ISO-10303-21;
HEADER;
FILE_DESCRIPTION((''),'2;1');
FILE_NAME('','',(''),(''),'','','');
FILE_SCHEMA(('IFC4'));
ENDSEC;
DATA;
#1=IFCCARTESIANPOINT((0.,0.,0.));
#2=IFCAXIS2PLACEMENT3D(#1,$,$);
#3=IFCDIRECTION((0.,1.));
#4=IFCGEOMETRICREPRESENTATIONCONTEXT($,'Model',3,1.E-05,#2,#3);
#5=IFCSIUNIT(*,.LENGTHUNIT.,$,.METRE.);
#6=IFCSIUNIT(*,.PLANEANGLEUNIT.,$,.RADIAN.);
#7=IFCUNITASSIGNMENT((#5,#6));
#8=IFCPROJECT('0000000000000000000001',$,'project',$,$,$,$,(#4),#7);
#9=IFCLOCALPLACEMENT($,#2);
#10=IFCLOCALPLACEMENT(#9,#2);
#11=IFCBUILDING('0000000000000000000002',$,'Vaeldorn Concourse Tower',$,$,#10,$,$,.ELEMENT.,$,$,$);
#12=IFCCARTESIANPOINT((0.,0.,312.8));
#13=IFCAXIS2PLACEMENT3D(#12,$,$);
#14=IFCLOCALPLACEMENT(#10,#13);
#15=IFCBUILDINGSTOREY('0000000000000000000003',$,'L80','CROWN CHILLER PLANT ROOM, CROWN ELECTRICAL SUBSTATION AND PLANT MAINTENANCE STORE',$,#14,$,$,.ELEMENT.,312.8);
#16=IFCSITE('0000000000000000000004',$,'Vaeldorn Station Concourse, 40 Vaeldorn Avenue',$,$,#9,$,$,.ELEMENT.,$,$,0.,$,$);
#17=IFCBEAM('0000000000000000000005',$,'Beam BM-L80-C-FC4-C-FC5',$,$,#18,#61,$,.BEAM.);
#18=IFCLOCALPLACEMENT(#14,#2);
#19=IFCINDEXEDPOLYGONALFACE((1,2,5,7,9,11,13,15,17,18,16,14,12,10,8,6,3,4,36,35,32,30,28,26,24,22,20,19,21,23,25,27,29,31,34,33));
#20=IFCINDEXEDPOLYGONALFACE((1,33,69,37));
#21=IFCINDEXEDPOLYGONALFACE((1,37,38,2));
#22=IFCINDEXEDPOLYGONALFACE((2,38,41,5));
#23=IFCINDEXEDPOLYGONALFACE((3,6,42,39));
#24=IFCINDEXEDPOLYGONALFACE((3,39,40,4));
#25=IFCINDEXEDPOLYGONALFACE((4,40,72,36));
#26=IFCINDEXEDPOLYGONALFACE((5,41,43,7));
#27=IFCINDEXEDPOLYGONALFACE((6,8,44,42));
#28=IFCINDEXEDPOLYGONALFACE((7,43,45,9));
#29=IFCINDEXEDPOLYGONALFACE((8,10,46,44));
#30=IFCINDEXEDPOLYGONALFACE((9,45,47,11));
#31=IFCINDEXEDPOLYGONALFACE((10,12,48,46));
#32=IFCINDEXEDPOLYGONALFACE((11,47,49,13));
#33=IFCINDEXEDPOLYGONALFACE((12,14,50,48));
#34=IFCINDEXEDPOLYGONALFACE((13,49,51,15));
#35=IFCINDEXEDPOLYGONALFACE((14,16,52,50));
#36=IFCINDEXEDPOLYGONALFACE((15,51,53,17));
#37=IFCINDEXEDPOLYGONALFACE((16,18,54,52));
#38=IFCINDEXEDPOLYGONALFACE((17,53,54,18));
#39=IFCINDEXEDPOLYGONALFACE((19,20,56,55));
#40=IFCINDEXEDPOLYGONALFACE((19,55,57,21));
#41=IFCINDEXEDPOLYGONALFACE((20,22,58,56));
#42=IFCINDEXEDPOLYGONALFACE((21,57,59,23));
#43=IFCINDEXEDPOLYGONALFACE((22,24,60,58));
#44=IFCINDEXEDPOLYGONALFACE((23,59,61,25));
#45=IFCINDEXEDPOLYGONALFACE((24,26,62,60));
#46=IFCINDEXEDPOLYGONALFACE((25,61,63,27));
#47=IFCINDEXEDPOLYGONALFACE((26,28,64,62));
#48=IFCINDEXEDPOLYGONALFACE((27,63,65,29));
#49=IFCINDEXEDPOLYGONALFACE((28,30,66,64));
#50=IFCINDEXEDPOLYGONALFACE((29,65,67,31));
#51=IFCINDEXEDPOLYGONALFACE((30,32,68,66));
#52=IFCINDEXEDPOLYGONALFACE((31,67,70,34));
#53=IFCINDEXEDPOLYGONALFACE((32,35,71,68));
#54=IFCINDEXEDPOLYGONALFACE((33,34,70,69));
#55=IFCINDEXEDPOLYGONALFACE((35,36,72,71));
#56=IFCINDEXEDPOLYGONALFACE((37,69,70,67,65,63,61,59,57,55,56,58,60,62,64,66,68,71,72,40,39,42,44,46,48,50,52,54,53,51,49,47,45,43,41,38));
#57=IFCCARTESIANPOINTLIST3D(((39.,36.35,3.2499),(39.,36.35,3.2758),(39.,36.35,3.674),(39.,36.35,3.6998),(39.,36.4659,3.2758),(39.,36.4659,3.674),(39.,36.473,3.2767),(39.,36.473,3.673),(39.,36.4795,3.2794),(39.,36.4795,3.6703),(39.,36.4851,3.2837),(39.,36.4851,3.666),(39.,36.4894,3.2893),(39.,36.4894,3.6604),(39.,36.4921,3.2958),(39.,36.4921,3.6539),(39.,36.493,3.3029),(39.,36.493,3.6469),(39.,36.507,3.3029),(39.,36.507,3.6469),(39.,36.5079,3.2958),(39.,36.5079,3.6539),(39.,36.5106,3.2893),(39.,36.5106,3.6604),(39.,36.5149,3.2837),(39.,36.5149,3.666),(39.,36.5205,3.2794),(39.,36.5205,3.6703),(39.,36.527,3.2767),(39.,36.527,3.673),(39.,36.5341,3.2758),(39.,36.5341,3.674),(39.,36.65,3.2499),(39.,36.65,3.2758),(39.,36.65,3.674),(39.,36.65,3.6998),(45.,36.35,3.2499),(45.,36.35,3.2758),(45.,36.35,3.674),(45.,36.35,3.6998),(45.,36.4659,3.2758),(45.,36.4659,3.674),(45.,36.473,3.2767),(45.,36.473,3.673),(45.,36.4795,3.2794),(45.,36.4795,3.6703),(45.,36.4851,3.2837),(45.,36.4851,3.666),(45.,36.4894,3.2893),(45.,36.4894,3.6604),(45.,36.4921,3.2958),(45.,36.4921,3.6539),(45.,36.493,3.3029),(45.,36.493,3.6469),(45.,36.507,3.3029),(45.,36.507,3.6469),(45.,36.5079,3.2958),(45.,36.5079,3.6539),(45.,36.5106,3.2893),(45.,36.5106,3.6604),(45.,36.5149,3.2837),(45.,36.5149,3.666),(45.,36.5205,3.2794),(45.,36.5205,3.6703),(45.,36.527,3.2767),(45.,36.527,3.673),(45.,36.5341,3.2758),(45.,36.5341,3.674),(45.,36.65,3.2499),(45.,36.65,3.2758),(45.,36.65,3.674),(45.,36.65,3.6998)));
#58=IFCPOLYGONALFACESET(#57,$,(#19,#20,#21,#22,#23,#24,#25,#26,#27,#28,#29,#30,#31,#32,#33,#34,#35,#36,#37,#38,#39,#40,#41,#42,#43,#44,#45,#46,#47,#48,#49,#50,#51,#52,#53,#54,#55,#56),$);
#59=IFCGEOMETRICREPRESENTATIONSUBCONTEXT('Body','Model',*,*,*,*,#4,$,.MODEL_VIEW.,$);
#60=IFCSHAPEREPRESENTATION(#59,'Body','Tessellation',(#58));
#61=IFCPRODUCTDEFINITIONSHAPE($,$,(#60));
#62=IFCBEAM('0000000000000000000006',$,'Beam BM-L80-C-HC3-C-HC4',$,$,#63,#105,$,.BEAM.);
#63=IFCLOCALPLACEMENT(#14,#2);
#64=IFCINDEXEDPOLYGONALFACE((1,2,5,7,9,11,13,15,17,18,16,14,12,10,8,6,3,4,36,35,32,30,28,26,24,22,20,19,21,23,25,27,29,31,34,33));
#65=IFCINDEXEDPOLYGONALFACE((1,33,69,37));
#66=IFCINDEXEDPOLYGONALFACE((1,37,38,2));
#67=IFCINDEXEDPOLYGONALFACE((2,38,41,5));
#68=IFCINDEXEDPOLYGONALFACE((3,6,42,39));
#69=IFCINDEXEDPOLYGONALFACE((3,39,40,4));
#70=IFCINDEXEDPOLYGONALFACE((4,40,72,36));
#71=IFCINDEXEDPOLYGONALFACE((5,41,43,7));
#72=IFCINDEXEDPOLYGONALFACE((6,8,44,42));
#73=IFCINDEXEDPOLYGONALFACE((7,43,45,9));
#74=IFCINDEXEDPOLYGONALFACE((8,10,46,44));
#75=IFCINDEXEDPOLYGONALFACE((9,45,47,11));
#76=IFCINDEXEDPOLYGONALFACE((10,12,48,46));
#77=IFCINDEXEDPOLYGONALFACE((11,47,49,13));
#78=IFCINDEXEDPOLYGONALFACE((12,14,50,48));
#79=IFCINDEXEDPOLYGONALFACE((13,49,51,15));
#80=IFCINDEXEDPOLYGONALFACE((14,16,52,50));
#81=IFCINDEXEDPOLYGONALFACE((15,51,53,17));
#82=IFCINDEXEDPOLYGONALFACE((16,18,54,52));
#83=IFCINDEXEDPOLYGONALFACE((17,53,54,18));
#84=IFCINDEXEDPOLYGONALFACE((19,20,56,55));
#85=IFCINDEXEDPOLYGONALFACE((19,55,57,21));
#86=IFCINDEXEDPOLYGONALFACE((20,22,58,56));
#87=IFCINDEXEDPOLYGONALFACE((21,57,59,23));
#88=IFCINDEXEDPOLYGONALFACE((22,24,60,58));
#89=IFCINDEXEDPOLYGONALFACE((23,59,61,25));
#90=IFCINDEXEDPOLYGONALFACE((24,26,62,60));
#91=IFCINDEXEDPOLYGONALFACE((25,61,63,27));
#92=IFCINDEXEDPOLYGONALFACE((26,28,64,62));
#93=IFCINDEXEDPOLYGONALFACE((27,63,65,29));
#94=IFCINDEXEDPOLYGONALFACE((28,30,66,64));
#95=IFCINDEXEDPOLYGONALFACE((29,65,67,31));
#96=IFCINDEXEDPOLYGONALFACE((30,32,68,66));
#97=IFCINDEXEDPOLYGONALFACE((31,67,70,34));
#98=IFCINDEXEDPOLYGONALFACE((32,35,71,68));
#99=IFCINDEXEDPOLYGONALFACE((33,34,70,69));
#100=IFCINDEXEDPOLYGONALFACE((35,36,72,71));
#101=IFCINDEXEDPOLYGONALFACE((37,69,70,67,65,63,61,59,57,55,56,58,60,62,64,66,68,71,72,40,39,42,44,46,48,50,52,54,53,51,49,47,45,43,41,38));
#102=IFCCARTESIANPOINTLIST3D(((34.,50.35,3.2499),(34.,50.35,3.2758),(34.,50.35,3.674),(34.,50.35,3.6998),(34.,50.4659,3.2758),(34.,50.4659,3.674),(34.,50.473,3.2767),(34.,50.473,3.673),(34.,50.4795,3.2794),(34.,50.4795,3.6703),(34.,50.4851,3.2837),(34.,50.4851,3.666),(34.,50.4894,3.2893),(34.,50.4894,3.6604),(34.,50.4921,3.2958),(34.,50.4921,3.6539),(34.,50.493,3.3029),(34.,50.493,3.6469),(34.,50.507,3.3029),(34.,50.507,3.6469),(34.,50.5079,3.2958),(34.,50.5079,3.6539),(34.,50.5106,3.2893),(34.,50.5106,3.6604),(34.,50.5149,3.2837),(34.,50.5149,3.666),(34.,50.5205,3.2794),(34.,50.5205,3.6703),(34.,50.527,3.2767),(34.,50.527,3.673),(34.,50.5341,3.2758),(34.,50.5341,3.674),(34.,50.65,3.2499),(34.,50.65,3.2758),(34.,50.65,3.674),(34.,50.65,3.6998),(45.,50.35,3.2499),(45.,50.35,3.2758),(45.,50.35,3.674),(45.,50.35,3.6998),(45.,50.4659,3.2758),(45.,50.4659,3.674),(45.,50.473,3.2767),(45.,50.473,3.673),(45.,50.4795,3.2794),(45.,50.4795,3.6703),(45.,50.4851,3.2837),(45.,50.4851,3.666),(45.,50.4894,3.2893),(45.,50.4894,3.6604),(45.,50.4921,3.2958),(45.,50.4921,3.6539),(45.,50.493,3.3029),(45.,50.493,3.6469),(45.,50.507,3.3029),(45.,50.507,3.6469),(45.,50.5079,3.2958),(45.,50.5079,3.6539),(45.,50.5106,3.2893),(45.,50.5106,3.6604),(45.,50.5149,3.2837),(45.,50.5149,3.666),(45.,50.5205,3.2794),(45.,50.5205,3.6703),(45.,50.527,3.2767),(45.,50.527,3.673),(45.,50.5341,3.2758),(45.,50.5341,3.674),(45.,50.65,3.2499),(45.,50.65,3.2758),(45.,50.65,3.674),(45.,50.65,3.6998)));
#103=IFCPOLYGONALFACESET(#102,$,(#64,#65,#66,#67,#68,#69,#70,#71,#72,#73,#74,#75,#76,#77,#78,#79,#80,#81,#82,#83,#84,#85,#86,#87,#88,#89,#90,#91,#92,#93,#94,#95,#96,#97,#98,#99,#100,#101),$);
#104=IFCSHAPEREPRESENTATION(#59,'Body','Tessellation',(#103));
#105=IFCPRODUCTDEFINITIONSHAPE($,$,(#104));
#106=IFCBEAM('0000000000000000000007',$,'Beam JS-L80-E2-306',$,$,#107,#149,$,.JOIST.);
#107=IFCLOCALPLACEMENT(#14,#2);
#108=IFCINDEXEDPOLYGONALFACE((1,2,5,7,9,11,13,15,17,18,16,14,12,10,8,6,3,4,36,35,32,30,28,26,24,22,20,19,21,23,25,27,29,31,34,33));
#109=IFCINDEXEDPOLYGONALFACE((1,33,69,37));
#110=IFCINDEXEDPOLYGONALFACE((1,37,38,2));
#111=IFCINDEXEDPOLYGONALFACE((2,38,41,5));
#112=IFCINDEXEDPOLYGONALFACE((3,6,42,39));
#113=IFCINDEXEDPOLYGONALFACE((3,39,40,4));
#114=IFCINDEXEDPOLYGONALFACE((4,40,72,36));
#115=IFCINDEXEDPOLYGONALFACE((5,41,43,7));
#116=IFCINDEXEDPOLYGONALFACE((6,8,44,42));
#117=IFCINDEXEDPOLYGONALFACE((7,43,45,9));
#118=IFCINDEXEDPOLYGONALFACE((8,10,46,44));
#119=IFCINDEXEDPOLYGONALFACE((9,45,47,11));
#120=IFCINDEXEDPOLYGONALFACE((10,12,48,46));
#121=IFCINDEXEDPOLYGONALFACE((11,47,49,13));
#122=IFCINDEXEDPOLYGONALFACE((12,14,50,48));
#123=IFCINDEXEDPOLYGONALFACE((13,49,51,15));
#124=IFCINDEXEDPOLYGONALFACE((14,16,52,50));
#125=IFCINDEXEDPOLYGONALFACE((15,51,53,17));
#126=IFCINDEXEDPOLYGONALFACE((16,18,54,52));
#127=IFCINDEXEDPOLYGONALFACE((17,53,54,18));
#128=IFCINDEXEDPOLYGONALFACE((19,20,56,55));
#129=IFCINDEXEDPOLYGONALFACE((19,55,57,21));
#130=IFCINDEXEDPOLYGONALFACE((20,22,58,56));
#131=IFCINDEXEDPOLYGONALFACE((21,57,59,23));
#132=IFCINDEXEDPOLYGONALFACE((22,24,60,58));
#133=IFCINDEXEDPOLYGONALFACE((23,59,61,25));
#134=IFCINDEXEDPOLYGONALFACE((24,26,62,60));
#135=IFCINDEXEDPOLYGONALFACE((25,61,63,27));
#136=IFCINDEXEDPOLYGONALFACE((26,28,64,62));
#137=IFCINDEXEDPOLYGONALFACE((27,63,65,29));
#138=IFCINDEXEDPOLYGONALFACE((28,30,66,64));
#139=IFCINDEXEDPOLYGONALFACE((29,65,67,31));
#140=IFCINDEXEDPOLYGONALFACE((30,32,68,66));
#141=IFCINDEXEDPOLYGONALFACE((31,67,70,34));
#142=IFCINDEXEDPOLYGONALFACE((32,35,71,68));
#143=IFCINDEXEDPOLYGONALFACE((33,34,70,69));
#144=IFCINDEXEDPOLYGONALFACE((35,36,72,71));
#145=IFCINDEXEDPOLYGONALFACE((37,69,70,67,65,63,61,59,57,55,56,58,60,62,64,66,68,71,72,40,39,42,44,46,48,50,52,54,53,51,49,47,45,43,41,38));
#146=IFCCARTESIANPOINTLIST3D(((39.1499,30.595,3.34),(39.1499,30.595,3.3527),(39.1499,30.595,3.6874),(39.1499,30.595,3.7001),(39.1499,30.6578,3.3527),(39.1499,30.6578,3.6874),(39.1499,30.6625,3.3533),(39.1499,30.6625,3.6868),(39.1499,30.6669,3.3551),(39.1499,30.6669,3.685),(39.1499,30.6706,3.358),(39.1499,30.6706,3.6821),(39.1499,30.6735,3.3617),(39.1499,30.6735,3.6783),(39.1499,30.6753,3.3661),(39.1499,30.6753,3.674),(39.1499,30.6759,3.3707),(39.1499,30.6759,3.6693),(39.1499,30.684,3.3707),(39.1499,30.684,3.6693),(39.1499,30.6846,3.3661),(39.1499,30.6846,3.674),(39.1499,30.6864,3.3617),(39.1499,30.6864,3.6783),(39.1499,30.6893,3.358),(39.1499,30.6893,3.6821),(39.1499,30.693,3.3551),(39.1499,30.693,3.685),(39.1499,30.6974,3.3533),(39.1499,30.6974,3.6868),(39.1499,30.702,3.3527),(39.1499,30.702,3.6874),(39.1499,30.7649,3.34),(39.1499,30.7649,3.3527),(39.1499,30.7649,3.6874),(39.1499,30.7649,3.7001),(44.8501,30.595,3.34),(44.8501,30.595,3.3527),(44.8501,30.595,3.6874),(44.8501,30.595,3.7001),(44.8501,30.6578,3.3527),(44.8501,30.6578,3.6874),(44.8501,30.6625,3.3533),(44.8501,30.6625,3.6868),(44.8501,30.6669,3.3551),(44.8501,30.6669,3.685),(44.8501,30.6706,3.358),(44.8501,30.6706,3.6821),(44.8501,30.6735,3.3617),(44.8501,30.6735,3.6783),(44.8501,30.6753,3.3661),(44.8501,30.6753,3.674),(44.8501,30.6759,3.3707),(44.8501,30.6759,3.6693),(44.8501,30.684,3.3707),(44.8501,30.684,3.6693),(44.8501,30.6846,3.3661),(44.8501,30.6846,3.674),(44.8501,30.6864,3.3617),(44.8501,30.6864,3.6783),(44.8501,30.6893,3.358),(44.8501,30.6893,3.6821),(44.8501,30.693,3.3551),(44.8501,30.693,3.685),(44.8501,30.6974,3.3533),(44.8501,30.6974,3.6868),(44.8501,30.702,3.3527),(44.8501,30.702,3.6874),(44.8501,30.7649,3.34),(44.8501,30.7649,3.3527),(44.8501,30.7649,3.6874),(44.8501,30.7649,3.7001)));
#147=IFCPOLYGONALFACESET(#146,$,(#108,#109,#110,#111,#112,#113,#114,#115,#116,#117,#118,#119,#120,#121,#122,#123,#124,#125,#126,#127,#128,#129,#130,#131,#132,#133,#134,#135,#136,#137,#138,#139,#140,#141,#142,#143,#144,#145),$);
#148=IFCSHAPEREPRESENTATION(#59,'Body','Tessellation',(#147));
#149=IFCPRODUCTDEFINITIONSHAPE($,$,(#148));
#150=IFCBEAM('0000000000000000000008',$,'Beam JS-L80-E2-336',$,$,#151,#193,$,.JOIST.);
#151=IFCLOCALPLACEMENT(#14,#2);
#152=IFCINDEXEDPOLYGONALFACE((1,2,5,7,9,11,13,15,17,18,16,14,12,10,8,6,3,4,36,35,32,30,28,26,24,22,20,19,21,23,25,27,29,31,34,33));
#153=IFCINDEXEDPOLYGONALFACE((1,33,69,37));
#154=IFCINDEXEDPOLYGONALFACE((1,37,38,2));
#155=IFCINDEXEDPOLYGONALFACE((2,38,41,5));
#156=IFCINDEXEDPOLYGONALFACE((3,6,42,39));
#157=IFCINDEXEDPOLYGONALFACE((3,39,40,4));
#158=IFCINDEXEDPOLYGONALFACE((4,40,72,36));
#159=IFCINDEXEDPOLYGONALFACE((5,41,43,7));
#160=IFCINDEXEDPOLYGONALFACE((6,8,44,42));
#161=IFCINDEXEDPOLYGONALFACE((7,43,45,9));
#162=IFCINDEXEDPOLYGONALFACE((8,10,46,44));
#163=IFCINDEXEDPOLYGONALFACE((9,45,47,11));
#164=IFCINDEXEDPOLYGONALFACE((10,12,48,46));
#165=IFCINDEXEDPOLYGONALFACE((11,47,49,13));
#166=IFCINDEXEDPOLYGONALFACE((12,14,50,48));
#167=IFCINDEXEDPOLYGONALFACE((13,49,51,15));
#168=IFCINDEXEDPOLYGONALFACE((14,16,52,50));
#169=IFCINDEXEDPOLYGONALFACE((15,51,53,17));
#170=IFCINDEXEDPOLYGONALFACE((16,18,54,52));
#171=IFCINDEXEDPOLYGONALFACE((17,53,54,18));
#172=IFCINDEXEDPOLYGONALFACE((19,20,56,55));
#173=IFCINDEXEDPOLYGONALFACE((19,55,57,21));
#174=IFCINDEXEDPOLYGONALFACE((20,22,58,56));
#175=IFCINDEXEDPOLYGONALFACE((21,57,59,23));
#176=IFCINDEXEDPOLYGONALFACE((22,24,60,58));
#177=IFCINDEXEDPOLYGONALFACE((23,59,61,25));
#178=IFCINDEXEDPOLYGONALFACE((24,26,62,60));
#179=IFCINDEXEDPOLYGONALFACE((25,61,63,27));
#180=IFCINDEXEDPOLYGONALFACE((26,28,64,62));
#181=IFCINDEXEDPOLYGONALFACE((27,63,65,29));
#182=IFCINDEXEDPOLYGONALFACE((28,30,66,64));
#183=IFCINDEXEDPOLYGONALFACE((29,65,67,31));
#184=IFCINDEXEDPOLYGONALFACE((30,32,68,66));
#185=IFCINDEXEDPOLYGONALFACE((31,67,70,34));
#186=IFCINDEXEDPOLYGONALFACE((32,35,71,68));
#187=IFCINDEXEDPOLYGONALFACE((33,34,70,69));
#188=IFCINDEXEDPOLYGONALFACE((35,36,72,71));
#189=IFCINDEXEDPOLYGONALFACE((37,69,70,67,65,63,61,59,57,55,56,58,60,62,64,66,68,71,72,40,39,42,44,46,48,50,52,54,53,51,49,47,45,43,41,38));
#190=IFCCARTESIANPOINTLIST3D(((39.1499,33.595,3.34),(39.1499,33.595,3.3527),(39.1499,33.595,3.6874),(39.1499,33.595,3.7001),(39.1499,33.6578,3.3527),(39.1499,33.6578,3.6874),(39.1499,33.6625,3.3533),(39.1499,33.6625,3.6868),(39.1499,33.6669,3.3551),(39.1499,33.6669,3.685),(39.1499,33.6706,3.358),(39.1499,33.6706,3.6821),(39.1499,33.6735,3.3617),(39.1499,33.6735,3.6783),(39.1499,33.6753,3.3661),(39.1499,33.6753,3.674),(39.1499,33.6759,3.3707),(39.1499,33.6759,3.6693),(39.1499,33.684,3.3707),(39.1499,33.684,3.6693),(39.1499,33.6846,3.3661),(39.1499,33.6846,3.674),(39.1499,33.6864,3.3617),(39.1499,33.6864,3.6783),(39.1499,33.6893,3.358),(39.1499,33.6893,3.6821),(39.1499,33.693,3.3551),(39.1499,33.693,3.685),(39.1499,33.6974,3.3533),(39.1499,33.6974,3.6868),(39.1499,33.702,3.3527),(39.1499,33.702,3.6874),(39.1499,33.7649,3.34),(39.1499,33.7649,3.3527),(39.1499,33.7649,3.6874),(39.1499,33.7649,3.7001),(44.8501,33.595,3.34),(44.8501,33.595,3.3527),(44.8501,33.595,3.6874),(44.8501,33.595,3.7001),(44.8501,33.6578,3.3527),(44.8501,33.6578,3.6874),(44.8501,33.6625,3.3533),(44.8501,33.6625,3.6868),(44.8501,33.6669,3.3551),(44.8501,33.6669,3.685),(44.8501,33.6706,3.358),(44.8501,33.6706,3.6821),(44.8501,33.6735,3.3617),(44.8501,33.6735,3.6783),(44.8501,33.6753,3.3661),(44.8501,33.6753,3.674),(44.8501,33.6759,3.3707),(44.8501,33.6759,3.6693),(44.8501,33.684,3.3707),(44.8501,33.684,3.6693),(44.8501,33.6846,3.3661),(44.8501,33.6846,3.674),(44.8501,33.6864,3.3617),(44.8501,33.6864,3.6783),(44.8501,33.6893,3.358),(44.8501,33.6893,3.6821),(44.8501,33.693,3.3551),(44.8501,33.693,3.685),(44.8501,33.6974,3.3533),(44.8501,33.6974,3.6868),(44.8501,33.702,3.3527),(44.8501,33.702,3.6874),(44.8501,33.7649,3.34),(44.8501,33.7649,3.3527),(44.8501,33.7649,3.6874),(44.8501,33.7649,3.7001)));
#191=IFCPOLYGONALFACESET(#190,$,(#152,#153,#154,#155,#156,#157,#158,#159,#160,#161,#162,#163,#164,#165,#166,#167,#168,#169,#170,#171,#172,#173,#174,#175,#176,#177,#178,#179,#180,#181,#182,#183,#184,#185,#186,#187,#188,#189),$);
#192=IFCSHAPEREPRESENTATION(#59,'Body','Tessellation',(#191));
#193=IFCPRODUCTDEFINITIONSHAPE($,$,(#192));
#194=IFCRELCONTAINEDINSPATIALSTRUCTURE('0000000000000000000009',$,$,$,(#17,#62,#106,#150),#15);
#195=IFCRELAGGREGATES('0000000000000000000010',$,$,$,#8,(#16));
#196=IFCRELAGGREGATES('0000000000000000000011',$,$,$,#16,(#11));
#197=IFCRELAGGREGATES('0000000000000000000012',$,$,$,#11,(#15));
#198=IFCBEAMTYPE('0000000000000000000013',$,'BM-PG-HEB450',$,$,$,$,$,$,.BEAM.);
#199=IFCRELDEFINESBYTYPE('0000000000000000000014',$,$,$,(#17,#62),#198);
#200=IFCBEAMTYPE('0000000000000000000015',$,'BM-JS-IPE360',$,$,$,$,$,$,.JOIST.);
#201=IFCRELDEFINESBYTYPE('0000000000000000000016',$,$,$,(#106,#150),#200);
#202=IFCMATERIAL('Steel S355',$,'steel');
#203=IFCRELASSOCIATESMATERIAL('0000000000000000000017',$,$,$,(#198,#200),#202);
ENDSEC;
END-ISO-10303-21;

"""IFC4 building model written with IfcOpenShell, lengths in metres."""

from ifc_helpers import new_model, si_unit, direction, frame, origin, origin_2d, place, context, subcontext, project, spatial, i_section, extrude, source, transform, mapped, material, material_profile, profile_set, type_object, element, save


model = new_model("IFC4")

# Units and contexts
model_context = context("Model", 3, precision=1e-05, world=origin(), true_north=direction((0.0, 1.0)))
body_context = subcontext(model_context, "Body", "Model", "MODEL_VIEW")
ifc_project = project(units=[si_unit("LENGTHUNIT", "METRE"), si_unit("PLANEANGLEUNIT", "RADIAN")], contexts=[model_context])

# Site, building, storey
site_placement = place(None, origin())
site = spatial("IfcSite", under=ifc_project, at=site_placement, Name="Vaeldorn Station Concourse, 40 Vaeldorn Avenue", CompositionType="ELEMENT", RefElevation=0.0)
building_placement = place(site_placement, origin())
building = spatial("IfcBuilding", under=site, at=building_placement, Name="Vaeldorn Concourse Tower", CompositionType="ELEMENT")
storey_placement = place(building_placement, frame((0.0, 0.0, 312.8)))
storey = spatial("IfcBuildingStorey", under=building, at=storey_placement, Name="L80", Description="CROWN CHILLER PLANT ROOM, CROWN ELECTRICAL SUBSTATION AND PLANT MAINTENANCE STORE", CompositionType="ELEMENT", Elevation=312.8)

# Shared definitions
ifc_material_1 = material(Name="Steel S355", Category="steel")

# Beams
ifc_material_profile_1 = material_profile(ifc_material_1, i_section(OverallWidth=0.3, OverallDepth=0.45, WebThickness=0.0139, FlangeThickness=0.0259, FilletRadius=0.0271, at=origin_2d()), Name="HEB 450")
ifc_profile_set_1 = profile_set([ifc_material_profile_1], Name="Steel S355")
beam_type_1 = type_object("IfcBeamType", Name="BM-PG-HEB450", PredefinedType="BEAM", material=ifc_profile_set_1)
shared_shape_1 = source(origin(), body_context, "Body", "SweptSolid", [
    extrude(i_section(OverallWidth=0.3, OverallDepth=0.45, WebThickness=0.0139, FlangeThickness=0.0259, FilletRadius=0.0271, at=origin_2d()), origin(), (0.0, 0.0, 1.0), 6.0),
])
beam_1_placement = place(storey_placement, frame((39.0, 36.5, 3.4749), z_axis=(1.0, 0.0, 0.0), x_axis=(0.0, 1.0, 0.0)))
element("IfcBeam", 1, at=beam_1_placement, inside=storey, type_object=beam_type_1, Name="Beam BM-L80-C-FC4-C-FC5", PredefinedType="BEAM", context=body_context, shape_type="MappedRepresentation", body=[
    mapped(shared_shape_1, transform((0.0, 0.0, 0.0), scale=1.0)),
])
shared_shape_2 = source(origin(), body_context, "Body", "SweptSolid", [
    extrude(i_section(OverallWidth=0.3, OverallDepth=0.45, WebThickness=0.0139, FlangeThickness=0.0259, FilletRadius=0.0271, at=origin_2d()), origin(), (0.0, 0.0, 1.0), 11.0),
])
beam_2_placement = place(storey_placement, frame((34.0, 50.5, 3.4749), z_axis=(1.0, 0.0, 0.0), x_axis=(0.0, 1.0, 0.0)))
element("IfcBeam", 2, at=beam_2_placement, inside=storey, type_object=beam_type_1, Name="Beam BM-L80-C-HC3-C-HC4", PredefinedType="BEAM", context=body_context, shape_type="MappedRepresentation", body=[
    mapped(shared_shape_2, transform((0.0, 0.0, 0.0), scale=1.0)),
])
ifc_material_profile_2 = material_profile(ifc_material_1, i_section(OverallWidth=0.1699, OverallDepth=0.3601, WebThickness=0.0081, FlangeThickness=0.0127, FilletRadius=0.0181, at=origin_2d()), Name="IPE 360")
ifc_profile_set_2 = profile_set([ifc_material_profile_2], Name="Steel S355")
beam_type_2 = type_object("IfcBeamType", Name="BM-JS-IPE360", PredefinedType="JOIST", material=ifc_profile_set_2)
shared_shape_3 = source(origin(), body_context, "Body", "SweptSolid", [
    extrude(i_section(OverallWidth=0.1699, OverallDepth=0.3601, WebThickness=0.0081, FlangeThickness=0.0127, FilletRadius=0.0181, at=origin_2d()), origin(), (0.0, 0.0, 1.0), 5.7002),
])
for number, where, z_axis, x_axis, name in (
    (3, (39.1499, 30.6799, 3.52), (1.0, 0.0, 0.0), (0.0, 1.0, 0.0), "Beam JS-L80-E2-306"),
    (4, (39.1499, 33.6799, 3.52), (1.0, 0.0, 0.0), (0.0, 1.0, 0.0), "Beam JS-L80-E2-336"),
):
    element("IfcBeam", number, at=place(storey_placement, frame(where, z_axis=z_axis, x_axis=x_axis)), inside=storey, type_object=beam_type_2, Name=name, PredefinedType="JOIST", context=body_context, shape_type="MappedRepresentation", body=[
        mapped(shared_shape_3, transform((0.0, 0.0, 0.0), scale=1.0)),
    ])

save(model, "model.ifc")
